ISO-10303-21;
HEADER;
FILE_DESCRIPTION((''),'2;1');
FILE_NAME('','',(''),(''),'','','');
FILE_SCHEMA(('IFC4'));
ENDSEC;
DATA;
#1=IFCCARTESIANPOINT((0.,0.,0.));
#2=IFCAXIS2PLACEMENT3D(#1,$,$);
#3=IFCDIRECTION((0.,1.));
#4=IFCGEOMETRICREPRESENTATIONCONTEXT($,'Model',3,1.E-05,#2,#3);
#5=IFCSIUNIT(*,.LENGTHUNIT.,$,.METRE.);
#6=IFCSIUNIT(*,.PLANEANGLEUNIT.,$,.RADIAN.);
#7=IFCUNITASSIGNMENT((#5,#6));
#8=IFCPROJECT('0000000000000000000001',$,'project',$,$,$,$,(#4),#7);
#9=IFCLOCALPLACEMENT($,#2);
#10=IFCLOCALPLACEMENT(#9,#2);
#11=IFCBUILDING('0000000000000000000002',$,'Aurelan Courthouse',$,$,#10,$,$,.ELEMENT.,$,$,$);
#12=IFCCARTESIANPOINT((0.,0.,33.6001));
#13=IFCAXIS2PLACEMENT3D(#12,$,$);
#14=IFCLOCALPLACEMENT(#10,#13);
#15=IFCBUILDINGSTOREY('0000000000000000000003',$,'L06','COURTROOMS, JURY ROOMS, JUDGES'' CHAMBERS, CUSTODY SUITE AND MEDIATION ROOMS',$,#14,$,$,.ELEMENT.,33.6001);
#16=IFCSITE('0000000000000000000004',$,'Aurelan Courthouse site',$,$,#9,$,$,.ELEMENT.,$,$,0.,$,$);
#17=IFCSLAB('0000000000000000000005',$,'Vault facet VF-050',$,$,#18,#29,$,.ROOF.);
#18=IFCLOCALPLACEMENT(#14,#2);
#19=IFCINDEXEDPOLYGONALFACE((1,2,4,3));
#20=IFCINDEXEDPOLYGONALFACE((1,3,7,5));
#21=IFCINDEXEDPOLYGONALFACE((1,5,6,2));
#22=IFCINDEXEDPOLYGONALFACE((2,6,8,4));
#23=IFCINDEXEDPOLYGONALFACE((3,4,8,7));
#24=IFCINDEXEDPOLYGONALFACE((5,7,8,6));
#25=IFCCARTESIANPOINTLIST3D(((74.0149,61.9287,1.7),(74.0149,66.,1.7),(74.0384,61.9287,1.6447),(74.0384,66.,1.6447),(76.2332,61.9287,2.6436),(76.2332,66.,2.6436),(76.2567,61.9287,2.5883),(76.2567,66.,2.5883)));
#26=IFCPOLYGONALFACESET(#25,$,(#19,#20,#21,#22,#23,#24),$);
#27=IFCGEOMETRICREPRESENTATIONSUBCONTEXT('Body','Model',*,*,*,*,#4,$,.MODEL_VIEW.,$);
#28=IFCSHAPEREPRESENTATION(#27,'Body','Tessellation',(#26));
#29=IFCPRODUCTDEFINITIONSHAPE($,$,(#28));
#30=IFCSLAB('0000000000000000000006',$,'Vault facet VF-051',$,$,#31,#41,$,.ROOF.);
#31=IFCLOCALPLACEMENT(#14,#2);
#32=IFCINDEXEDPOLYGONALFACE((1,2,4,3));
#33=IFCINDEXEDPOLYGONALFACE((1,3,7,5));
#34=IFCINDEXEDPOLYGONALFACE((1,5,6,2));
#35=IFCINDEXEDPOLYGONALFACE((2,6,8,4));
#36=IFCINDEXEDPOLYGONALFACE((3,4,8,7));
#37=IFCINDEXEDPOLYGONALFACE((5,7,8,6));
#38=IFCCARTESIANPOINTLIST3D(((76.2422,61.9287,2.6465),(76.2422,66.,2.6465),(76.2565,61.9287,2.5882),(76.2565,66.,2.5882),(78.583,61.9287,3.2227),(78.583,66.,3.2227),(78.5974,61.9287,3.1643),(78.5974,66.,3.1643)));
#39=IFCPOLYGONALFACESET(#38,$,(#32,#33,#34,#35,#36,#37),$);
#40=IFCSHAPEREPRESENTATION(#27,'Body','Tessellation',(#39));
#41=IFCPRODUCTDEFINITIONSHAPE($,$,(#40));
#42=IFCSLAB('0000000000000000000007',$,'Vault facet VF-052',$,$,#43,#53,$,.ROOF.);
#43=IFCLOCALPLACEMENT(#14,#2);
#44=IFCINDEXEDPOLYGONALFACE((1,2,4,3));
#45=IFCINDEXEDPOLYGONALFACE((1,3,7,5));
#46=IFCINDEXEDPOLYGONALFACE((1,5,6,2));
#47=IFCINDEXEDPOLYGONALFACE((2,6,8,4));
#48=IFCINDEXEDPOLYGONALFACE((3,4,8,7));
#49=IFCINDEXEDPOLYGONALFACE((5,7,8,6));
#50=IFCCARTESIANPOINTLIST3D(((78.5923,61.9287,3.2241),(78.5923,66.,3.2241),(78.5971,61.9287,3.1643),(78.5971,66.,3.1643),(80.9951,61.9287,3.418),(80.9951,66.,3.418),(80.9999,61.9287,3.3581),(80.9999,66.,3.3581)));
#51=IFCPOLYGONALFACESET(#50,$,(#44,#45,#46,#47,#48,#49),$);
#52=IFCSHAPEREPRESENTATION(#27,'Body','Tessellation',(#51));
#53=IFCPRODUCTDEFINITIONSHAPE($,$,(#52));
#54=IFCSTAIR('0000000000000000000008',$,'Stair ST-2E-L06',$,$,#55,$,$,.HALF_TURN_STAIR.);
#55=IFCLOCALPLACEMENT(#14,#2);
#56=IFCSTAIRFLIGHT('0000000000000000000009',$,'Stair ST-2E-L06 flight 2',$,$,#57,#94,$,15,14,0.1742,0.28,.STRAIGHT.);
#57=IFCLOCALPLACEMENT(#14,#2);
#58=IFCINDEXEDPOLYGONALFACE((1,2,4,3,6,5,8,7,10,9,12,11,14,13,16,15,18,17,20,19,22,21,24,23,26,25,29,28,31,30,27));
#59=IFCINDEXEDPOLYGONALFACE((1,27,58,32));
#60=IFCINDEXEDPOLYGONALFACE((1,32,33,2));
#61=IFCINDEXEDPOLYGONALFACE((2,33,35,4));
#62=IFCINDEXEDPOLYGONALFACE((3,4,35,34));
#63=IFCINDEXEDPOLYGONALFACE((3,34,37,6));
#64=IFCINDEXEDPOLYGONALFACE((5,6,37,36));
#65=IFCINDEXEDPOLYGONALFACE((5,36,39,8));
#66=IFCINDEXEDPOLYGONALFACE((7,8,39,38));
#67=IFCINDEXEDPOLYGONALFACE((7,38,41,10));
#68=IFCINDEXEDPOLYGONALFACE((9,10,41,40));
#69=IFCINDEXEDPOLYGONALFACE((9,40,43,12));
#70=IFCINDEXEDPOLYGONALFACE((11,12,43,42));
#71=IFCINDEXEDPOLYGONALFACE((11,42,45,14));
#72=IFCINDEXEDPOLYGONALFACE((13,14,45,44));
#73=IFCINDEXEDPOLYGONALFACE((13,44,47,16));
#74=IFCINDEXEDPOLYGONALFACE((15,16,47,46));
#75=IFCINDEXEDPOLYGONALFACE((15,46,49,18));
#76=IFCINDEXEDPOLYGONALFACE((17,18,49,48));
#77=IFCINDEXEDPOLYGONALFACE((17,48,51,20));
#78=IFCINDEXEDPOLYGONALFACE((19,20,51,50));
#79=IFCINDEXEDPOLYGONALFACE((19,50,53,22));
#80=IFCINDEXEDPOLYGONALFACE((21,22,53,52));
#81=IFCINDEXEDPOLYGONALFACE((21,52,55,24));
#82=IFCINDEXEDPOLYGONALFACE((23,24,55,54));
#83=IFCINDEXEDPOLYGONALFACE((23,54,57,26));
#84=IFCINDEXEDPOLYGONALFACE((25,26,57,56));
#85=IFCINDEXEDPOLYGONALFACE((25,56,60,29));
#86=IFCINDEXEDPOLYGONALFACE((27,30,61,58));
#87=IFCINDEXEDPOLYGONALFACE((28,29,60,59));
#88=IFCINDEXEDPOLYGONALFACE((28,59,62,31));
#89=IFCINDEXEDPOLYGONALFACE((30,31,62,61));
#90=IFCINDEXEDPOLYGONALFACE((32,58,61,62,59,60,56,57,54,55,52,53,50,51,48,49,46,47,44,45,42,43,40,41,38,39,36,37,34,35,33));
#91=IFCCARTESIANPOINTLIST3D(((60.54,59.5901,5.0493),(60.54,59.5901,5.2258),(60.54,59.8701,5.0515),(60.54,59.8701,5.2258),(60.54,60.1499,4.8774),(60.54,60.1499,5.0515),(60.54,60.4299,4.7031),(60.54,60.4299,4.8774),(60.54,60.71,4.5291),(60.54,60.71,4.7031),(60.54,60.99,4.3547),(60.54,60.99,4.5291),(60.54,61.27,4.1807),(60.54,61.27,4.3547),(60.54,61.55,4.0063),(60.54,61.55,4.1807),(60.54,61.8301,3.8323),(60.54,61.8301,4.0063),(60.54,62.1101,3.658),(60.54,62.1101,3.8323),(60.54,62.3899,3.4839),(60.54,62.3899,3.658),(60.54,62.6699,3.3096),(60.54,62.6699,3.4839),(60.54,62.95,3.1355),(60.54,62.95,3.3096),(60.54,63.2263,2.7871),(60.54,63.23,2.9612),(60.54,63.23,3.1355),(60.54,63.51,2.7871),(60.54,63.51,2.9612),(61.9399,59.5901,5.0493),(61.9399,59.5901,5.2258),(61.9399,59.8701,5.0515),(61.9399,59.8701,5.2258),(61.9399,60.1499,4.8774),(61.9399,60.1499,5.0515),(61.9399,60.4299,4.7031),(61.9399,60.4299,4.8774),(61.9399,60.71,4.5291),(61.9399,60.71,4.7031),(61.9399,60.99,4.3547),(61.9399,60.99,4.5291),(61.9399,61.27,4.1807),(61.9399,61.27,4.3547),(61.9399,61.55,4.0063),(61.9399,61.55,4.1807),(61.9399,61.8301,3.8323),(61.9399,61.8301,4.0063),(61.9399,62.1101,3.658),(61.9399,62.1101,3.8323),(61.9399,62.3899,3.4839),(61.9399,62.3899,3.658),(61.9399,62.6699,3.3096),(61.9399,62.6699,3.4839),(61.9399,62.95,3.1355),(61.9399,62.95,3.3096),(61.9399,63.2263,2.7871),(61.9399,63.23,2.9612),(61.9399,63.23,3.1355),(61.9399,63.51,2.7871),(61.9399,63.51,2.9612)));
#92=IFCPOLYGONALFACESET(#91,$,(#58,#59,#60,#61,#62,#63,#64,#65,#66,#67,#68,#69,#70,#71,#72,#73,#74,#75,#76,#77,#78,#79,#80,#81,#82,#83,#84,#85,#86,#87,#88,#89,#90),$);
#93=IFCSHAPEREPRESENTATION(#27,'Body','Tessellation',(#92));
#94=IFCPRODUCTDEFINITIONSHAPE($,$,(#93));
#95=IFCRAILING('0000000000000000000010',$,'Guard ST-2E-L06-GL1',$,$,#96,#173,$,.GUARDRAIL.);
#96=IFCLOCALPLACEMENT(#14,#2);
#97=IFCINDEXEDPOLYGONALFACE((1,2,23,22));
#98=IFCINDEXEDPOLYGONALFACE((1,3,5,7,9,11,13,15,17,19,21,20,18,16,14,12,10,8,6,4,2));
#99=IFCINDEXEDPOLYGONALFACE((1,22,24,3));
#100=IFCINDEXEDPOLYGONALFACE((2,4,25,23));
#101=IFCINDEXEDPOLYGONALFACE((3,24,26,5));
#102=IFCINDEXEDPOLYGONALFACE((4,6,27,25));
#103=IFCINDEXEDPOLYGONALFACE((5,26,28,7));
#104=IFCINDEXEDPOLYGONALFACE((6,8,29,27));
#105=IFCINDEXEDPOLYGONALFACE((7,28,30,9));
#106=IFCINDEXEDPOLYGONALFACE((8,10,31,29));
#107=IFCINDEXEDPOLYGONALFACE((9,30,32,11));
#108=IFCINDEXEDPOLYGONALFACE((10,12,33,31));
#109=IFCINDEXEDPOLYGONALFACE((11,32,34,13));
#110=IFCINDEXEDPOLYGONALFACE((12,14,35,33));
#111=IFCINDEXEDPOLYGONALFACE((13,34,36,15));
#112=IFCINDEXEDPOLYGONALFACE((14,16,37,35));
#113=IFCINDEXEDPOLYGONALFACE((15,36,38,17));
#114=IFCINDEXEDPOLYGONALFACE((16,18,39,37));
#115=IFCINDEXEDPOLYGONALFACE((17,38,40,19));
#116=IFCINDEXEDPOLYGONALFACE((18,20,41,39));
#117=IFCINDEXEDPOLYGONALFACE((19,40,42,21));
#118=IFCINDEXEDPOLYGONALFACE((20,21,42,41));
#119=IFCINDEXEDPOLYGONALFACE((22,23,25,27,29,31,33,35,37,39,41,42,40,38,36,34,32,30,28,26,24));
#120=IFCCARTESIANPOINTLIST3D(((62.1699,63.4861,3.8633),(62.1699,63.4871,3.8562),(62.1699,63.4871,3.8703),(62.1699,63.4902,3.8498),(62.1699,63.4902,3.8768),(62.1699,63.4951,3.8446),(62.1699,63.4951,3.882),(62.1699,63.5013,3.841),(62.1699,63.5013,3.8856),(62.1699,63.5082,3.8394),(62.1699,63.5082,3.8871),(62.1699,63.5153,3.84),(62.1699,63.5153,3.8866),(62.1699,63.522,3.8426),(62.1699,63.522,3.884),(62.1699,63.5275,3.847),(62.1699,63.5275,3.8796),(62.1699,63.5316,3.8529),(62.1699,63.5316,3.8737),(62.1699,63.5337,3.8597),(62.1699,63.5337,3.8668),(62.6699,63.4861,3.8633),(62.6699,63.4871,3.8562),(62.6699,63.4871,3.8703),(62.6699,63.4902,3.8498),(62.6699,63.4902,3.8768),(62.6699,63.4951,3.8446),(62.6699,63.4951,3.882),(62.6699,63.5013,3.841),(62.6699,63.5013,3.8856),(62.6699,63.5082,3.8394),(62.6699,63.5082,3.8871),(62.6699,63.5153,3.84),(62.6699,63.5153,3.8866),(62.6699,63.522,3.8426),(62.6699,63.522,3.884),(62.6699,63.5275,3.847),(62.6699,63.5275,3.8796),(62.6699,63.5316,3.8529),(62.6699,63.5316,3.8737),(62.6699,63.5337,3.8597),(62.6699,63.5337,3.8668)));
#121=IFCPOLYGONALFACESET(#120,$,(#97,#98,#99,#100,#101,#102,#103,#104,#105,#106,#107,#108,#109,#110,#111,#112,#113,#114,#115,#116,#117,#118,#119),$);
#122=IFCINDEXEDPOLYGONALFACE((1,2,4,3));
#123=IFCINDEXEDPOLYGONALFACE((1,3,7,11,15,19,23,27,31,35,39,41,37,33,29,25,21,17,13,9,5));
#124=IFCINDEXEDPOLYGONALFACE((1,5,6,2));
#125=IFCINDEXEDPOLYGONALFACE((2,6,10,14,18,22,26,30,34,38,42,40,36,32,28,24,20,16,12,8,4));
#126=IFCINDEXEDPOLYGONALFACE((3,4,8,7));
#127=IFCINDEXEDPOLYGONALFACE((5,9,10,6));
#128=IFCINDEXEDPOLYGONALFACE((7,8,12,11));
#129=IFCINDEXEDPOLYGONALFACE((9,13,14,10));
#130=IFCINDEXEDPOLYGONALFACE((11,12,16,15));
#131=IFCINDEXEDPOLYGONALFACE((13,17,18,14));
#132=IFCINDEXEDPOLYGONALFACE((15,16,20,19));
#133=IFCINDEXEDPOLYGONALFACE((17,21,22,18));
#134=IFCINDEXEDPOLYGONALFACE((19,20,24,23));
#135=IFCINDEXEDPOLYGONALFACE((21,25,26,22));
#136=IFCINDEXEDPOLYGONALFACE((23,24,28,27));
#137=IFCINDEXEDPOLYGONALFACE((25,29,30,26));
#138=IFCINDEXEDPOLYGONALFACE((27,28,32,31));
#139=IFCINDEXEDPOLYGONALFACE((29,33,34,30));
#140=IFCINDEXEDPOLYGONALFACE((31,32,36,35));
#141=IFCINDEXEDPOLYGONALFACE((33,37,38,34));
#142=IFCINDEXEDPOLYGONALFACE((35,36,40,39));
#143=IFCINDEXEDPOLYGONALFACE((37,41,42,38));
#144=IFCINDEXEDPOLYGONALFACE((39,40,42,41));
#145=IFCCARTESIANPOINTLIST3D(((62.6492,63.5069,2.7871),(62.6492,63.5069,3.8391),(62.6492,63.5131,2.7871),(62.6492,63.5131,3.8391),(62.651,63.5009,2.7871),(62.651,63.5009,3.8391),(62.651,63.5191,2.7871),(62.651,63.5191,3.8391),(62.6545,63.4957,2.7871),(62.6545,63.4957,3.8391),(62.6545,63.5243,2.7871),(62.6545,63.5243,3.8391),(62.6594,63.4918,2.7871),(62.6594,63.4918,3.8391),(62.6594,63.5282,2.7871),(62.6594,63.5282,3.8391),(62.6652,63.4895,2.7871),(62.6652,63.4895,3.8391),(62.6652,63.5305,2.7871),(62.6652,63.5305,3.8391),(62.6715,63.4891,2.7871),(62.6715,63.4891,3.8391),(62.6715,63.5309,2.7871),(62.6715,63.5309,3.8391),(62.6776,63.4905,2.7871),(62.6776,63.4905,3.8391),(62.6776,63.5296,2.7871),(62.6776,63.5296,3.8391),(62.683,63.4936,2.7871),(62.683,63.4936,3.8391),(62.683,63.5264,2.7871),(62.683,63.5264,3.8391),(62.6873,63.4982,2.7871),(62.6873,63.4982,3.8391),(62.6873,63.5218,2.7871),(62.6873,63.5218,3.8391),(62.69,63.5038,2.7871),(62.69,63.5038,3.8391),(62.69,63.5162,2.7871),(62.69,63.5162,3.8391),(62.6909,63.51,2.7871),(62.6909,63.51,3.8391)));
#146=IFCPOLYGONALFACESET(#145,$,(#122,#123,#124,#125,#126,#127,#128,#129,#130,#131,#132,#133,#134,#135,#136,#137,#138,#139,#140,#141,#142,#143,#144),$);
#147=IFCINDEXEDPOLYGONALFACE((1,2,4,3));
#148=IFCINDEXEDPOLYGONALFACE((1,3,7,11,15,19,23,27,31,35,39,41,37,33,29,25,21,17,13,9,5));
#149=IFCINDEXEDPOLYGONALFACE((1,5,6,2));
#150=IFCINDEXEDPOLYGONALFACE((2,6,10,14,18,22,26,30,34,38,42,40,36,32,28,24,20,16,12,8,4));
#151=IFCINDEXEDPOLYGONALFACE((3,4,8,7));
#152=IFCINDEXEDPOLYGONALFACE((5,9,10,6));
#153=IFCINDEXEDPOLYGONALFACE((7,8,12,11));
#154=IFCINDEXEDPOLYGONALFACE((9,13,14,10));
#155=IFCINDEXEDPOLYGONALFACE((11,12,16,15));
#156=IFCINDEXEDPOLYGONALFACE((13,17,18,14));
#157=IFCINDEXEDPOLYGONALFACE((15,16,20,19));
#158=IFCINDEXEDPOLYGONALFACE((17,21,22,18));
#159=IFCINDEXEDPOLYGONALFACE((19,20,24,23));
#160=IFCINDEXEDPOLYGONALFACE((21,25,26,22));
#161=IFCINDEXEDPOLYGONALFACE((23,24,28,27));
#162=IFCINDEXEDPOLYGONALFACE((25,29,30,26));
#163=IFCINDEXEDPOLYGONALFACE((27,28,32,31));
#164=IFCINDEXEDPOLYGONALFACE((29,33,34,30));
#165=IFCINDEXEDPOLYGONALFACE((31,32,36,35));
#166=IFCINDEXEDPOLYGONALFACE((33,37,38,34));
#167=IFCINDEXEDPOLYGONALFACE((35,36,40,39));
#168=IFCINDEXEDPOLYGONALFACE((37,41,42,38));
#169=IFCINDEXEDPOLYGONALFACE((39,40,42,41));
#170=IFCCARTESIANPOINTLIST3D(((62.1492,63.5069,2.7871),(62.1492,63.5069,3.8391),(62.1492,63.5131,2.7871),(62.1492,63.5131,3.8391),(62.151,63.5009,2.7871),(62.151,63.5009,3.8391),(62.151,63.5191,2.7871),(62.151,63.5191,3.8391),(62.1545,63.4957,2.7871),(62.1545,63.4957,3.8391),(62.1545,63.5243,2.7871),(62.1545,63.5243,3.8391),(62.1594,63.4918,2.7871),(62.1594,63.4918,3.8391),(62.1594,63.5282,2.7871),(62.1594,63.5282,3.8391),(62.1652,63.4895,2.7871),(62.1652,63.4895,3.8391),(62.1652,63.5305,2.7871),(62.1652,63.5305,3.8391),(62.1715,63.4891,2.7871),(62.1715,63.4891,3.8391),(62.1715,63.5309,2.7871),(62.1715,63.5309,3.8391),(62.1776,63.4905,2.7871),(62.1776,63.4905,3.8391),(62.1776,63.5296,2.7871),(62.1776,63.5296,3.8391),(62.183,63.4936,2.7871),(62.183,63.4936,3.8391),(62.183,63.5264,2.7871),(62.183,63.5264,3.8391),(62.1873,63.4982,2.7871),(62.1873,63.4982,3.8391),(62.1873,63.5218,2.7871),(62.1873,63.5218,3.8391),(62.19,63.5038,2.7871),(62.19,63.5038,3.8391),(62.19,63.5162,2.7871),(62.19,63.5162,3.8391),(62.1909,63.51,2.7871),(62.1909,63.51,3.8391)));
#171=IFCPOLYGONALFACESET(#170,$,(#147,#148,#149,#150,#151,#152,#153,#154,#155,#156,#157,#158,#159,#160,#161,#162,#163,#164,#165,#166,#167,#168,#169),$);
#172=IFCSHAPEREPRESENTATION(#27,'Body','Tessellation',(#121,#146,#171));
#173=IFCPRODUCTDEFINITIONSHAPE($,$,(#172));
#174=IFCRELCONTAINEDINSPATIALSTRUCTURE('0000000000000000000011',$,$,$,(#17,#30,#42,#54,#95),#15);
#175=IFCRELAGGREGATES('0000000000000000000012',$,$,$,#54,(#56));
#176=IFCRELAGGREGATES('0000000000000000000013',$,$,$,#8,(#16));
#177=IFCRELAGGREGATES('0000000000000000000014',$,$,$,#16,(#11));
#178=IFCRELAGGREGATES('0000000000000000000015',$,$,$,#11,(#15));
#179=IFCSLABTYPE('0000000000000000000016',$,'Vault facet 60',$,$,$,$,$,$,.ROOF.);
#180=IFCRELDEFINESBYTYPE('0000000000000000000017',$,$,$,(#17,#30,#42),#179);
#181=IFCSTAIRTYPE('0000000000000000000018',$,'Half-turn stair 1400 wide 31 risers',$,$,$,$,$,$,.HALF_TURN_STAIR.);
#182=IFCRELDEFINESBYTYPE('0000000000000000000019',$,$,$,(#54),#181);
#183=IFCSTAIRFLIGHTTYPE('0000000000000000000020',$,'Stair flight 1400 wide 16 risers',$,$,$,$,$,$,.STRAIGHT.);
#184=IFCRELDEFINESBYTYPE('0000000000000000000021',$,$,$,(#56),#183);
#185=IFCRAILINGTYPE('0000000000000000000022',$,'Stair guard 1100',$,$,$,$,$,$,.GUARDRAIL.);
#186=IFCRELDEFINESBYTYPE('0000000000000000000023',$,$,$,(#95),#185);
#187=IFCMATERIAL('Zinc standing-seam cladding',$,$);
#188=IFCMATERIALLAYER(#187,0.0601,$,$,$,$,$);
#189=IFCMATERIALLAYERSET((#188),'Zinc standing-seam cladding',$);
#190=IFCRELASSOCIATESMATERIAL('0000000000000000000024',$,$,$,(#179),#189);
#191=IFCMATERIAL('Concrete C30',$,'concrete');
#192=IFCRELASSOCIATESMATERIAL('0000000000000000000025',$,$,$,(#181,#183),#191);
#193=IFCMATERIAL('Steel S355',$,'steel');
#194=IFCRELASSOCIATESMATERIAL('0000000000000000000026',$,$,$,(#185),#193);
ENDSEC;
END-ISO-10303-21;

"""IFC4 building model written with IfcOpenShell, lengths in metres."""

from ifc_helpers import new_model, si_unit, direction, frame, origin, origin_2d, place, context, subcontext, project, spatial, polyline, circle, outline, extrude, material, layer, layer_set, type_object, element, aggregate, save


model = new_model("IFC4")

# Units and contexts
model_context = context("Model", 3, precision=1e-05, world=origin(), true_north=direction((0.0, 1.0)))
body_context = subcontext(model_context, "Body", "Model", "MODEL_VIEW")
ifc_project = project(units=[si_unit("LENGTHUNIT", "METRE"), si_unit("PLANEANGLEUNIT", "RADIAN")], contexts=[model_context])

# Site, building, storey
site_placement = place(None, origin())
site = spatial("IfcSite", under=ifc_project, at=site_placement, Name="Aurelan Courthouse site", CompositionType="ELEMENT", RefElevation=0.0)
building_placement = place(site_placement, origin())
building = spatial("IfcBuilding", under=site, at=building_placement, Name="Aurelan Courthouse", CompositionType="ELEMENT")
storey_placement = place(building_placement, frame((0.0, 0.0, 33.6001)))
storey = spatial("IfcBuildingStorey", under=building, at=storey_placement, Name="L06", Description="COURTROOMS, JURY ROOMS, JUDGES' CHAMBERS, CUSTODY SUITE AND MEDIATION ROOMS", CompositionType="ELEMENT", Elevation=33.6001)

# Slabs
ifc_material_1 = material(Name="Zinc standing-seam cladding")
ifc_layer_1 = layer(ifc_material_1, 0.0601)
ifc_layer_set_1 = layer_set([ifc_layer_1], Name="Zinc standing-seam cladding")
slab_type = type_object("IfcSlabType", Name="Vault facet 60", PredefinedType="ROOF", material=ifc_layer_set_1)
slab_1_placement = place(storey_placement, frame((74.0149, 61.9287, 1.7), z_axis=(-0.391437, 0.0, 0.920205), x_axis=(0.920205, 0.0, 0.391437)))
element("IfcSlab", 1, at=slab_1_placement, inside=storey, type_object=slab_type, Name="Vault facet VF-050", PredefinedType="ROOF", context=body_context, shape_type="SweptSolid", body=[
    extrude(outline(polyline([(0.0, 0.0), (2.4106, 0.0), (2.4106, 4.0713), (0.0, 4.0713), (0.0, 0.0)])), origin(), (0.0, 0.0, -1.0), 0.0601),
])
slab_2_placement = place(storey_placement, frame((76.2422, 61.9287, 2.6465), z_axis=(-0.239007, 0.0, 0.971018), x_axis=(0.971018, 0.0, 0.239007)))
element("IfcSlab", 2, at=slab_2_placement, inside=storey, type_object=slab_type, Name="Vault facet VF-051", PredefinedType="ROOF", context=body_context, shape_type="SweptSolid", body=[
    extrude(outline(polyline([(0.0, 0.0), (2.4107, 0.0), (2.4107, 4.0713), (0.0, 4.0713), (0.0, 0.0)])), origin(), (0.0, 0.0, -1.0), 0.0601),
])
slab_3_placement = place(storey_placement, frame((78.5923, 61.9287, 3.2241), z_axis=(-0.080413, 0.0, 0.996762), x_axis=(0.996762, 0.0, 0.080413)))
element("IfcSlab", 3, at=slab_3_placement, inside=storey, type_object=slab_type, Name="Vault facet VF-052", PredefinedType="ROOF", context=body_context, shape_type="SweptSolid", body=[
    extrude(outline(polyline([(0.0, 0.0), (2.4106, 0.0), (2.4106, 4.0713), (0.0, 4.0713), (0.0, 0.0)])), origin(), (0.0, 0.0, -1.0), 0.0601),
])

# Stair, stair flight
ifc_material_2 = material(Name="Concrete C30", Category="concrete")
stair_type = type_object("IfcStairType", Name="Half-turn stair 1400 wide 31 risers", PredefinedType="HALF_TURN_STAIR", material=ifc_material_2)
stair_placement = place(storey_placement, origin())
stair = element("IfcStair", 4, at=stair_placement, inside=storey, type_object=stair_type, Name="Stair ST-2E-L06", PredefinedType="HALF_TURN_STAIR")
stair_flight_type = type_object("IfcStairFlightType", Name="Stair flight 1400 wide 16 risers", PredefinedType="STRAIGHT", material=ifc_material_2)
stair_flight_placement = place(storey_placement, frame((61.24, 63.51, 2.7871), z_axis=(0.0, 0.0, 1.0), x_axis=(0.0, -1.0, 0.0)))
stair_flight = element("IfcStairFlight", 5, at=stair_flight_placement, type_object=stair_flight_type, Name="Stair ST-2E-L06 flight 2", NumberOfRisers=15, NumberOfTreads=14, PredefinedType="STRAIGHT", RiserHeight=0.1742, TreadLength=0.28, context=body_context, shape_type="SweptSolid", body=[
    extrude(outline(polyline([(0.0, 0.0), (0.0, 0.1741), (0.28, 0.1741), (0.28, 0.3484), (0.5601, 0.3484), (0.5601, 0.5225), (0.8401, 0.5225), (0.8401, 0.6968), (1.1201, 0.6968), (1.1201, 0.8708), (1.3999, 0.8708), (1.3999, 1.0452), (1.6799, 1.0452), (1.6799, 1.2192), (1.96, 1.2192), (1.96, 1.3936), (2.24, 1.3936), (2.24, 1.5676), (2.52, 1.5676), (2.52, 1.7419), (2.8, 1.7419), (2.8, 1.916), (3.0801, 1.916), (3.0801, 2.0903), (3.3601, 2.0903), (3.3601, 2.2644), (3.6399, 2.2644), (3.6399, 2.4387), (3.9199, 2.4387), (3.9199, 2.6128), (3.9199, 2.2622), (0.2837, 0.0), (0.0, 0.0)])), frame((0.0, 0.7, 0.0), z_axis=(0.0, -1.0, 0.0), x_axis=(1.0, 0.0, 0.0)), (0.0, 0.0, 1.0), 1.3999),
])
aggregate(stair, [stair_flight])

# Railing
ifc_material_3 = material(Name="Steel S355", Category="steel")
railing_type_1 = type_object("IfcRailingType", Name="Stair guard 1100", PredefinedType="GUARDRAIL", material=ifc_material_3)
railing_placement = place(storey_placement, frame((62.6699, 63.51, 2.7871)))
element("IfcRailing", 6, at=railing_placement, inside=storey, type_object=railing_type_1, Name="Guard ST-2E-L06-GL1", PredefinedType="GUARDRAIL", context=body_context, shape_type="SweptSolid", body=[
    extrude(circle(Radius=0.0239, at=origin_2d()), frame((0.0, 0.0, 1.0762), z_axis=(-1.0, 0.0, 0.0), x_axis=(0.0, -1.0, 0.0)), (0.0, 0.0, 1.0), 0.5),
    extrude(circle(Radius=0.021, at=origin_2d()), origin(), (0.0, 0.0, 1.0), 1.052),
    extrude(circle(Radius=0.021, at=origin_2d()), frame((-0.5, 0.0, 0.0)), (0.0, 0.0, 1.0), 1.052),
])

save(model, "model.ifc")
